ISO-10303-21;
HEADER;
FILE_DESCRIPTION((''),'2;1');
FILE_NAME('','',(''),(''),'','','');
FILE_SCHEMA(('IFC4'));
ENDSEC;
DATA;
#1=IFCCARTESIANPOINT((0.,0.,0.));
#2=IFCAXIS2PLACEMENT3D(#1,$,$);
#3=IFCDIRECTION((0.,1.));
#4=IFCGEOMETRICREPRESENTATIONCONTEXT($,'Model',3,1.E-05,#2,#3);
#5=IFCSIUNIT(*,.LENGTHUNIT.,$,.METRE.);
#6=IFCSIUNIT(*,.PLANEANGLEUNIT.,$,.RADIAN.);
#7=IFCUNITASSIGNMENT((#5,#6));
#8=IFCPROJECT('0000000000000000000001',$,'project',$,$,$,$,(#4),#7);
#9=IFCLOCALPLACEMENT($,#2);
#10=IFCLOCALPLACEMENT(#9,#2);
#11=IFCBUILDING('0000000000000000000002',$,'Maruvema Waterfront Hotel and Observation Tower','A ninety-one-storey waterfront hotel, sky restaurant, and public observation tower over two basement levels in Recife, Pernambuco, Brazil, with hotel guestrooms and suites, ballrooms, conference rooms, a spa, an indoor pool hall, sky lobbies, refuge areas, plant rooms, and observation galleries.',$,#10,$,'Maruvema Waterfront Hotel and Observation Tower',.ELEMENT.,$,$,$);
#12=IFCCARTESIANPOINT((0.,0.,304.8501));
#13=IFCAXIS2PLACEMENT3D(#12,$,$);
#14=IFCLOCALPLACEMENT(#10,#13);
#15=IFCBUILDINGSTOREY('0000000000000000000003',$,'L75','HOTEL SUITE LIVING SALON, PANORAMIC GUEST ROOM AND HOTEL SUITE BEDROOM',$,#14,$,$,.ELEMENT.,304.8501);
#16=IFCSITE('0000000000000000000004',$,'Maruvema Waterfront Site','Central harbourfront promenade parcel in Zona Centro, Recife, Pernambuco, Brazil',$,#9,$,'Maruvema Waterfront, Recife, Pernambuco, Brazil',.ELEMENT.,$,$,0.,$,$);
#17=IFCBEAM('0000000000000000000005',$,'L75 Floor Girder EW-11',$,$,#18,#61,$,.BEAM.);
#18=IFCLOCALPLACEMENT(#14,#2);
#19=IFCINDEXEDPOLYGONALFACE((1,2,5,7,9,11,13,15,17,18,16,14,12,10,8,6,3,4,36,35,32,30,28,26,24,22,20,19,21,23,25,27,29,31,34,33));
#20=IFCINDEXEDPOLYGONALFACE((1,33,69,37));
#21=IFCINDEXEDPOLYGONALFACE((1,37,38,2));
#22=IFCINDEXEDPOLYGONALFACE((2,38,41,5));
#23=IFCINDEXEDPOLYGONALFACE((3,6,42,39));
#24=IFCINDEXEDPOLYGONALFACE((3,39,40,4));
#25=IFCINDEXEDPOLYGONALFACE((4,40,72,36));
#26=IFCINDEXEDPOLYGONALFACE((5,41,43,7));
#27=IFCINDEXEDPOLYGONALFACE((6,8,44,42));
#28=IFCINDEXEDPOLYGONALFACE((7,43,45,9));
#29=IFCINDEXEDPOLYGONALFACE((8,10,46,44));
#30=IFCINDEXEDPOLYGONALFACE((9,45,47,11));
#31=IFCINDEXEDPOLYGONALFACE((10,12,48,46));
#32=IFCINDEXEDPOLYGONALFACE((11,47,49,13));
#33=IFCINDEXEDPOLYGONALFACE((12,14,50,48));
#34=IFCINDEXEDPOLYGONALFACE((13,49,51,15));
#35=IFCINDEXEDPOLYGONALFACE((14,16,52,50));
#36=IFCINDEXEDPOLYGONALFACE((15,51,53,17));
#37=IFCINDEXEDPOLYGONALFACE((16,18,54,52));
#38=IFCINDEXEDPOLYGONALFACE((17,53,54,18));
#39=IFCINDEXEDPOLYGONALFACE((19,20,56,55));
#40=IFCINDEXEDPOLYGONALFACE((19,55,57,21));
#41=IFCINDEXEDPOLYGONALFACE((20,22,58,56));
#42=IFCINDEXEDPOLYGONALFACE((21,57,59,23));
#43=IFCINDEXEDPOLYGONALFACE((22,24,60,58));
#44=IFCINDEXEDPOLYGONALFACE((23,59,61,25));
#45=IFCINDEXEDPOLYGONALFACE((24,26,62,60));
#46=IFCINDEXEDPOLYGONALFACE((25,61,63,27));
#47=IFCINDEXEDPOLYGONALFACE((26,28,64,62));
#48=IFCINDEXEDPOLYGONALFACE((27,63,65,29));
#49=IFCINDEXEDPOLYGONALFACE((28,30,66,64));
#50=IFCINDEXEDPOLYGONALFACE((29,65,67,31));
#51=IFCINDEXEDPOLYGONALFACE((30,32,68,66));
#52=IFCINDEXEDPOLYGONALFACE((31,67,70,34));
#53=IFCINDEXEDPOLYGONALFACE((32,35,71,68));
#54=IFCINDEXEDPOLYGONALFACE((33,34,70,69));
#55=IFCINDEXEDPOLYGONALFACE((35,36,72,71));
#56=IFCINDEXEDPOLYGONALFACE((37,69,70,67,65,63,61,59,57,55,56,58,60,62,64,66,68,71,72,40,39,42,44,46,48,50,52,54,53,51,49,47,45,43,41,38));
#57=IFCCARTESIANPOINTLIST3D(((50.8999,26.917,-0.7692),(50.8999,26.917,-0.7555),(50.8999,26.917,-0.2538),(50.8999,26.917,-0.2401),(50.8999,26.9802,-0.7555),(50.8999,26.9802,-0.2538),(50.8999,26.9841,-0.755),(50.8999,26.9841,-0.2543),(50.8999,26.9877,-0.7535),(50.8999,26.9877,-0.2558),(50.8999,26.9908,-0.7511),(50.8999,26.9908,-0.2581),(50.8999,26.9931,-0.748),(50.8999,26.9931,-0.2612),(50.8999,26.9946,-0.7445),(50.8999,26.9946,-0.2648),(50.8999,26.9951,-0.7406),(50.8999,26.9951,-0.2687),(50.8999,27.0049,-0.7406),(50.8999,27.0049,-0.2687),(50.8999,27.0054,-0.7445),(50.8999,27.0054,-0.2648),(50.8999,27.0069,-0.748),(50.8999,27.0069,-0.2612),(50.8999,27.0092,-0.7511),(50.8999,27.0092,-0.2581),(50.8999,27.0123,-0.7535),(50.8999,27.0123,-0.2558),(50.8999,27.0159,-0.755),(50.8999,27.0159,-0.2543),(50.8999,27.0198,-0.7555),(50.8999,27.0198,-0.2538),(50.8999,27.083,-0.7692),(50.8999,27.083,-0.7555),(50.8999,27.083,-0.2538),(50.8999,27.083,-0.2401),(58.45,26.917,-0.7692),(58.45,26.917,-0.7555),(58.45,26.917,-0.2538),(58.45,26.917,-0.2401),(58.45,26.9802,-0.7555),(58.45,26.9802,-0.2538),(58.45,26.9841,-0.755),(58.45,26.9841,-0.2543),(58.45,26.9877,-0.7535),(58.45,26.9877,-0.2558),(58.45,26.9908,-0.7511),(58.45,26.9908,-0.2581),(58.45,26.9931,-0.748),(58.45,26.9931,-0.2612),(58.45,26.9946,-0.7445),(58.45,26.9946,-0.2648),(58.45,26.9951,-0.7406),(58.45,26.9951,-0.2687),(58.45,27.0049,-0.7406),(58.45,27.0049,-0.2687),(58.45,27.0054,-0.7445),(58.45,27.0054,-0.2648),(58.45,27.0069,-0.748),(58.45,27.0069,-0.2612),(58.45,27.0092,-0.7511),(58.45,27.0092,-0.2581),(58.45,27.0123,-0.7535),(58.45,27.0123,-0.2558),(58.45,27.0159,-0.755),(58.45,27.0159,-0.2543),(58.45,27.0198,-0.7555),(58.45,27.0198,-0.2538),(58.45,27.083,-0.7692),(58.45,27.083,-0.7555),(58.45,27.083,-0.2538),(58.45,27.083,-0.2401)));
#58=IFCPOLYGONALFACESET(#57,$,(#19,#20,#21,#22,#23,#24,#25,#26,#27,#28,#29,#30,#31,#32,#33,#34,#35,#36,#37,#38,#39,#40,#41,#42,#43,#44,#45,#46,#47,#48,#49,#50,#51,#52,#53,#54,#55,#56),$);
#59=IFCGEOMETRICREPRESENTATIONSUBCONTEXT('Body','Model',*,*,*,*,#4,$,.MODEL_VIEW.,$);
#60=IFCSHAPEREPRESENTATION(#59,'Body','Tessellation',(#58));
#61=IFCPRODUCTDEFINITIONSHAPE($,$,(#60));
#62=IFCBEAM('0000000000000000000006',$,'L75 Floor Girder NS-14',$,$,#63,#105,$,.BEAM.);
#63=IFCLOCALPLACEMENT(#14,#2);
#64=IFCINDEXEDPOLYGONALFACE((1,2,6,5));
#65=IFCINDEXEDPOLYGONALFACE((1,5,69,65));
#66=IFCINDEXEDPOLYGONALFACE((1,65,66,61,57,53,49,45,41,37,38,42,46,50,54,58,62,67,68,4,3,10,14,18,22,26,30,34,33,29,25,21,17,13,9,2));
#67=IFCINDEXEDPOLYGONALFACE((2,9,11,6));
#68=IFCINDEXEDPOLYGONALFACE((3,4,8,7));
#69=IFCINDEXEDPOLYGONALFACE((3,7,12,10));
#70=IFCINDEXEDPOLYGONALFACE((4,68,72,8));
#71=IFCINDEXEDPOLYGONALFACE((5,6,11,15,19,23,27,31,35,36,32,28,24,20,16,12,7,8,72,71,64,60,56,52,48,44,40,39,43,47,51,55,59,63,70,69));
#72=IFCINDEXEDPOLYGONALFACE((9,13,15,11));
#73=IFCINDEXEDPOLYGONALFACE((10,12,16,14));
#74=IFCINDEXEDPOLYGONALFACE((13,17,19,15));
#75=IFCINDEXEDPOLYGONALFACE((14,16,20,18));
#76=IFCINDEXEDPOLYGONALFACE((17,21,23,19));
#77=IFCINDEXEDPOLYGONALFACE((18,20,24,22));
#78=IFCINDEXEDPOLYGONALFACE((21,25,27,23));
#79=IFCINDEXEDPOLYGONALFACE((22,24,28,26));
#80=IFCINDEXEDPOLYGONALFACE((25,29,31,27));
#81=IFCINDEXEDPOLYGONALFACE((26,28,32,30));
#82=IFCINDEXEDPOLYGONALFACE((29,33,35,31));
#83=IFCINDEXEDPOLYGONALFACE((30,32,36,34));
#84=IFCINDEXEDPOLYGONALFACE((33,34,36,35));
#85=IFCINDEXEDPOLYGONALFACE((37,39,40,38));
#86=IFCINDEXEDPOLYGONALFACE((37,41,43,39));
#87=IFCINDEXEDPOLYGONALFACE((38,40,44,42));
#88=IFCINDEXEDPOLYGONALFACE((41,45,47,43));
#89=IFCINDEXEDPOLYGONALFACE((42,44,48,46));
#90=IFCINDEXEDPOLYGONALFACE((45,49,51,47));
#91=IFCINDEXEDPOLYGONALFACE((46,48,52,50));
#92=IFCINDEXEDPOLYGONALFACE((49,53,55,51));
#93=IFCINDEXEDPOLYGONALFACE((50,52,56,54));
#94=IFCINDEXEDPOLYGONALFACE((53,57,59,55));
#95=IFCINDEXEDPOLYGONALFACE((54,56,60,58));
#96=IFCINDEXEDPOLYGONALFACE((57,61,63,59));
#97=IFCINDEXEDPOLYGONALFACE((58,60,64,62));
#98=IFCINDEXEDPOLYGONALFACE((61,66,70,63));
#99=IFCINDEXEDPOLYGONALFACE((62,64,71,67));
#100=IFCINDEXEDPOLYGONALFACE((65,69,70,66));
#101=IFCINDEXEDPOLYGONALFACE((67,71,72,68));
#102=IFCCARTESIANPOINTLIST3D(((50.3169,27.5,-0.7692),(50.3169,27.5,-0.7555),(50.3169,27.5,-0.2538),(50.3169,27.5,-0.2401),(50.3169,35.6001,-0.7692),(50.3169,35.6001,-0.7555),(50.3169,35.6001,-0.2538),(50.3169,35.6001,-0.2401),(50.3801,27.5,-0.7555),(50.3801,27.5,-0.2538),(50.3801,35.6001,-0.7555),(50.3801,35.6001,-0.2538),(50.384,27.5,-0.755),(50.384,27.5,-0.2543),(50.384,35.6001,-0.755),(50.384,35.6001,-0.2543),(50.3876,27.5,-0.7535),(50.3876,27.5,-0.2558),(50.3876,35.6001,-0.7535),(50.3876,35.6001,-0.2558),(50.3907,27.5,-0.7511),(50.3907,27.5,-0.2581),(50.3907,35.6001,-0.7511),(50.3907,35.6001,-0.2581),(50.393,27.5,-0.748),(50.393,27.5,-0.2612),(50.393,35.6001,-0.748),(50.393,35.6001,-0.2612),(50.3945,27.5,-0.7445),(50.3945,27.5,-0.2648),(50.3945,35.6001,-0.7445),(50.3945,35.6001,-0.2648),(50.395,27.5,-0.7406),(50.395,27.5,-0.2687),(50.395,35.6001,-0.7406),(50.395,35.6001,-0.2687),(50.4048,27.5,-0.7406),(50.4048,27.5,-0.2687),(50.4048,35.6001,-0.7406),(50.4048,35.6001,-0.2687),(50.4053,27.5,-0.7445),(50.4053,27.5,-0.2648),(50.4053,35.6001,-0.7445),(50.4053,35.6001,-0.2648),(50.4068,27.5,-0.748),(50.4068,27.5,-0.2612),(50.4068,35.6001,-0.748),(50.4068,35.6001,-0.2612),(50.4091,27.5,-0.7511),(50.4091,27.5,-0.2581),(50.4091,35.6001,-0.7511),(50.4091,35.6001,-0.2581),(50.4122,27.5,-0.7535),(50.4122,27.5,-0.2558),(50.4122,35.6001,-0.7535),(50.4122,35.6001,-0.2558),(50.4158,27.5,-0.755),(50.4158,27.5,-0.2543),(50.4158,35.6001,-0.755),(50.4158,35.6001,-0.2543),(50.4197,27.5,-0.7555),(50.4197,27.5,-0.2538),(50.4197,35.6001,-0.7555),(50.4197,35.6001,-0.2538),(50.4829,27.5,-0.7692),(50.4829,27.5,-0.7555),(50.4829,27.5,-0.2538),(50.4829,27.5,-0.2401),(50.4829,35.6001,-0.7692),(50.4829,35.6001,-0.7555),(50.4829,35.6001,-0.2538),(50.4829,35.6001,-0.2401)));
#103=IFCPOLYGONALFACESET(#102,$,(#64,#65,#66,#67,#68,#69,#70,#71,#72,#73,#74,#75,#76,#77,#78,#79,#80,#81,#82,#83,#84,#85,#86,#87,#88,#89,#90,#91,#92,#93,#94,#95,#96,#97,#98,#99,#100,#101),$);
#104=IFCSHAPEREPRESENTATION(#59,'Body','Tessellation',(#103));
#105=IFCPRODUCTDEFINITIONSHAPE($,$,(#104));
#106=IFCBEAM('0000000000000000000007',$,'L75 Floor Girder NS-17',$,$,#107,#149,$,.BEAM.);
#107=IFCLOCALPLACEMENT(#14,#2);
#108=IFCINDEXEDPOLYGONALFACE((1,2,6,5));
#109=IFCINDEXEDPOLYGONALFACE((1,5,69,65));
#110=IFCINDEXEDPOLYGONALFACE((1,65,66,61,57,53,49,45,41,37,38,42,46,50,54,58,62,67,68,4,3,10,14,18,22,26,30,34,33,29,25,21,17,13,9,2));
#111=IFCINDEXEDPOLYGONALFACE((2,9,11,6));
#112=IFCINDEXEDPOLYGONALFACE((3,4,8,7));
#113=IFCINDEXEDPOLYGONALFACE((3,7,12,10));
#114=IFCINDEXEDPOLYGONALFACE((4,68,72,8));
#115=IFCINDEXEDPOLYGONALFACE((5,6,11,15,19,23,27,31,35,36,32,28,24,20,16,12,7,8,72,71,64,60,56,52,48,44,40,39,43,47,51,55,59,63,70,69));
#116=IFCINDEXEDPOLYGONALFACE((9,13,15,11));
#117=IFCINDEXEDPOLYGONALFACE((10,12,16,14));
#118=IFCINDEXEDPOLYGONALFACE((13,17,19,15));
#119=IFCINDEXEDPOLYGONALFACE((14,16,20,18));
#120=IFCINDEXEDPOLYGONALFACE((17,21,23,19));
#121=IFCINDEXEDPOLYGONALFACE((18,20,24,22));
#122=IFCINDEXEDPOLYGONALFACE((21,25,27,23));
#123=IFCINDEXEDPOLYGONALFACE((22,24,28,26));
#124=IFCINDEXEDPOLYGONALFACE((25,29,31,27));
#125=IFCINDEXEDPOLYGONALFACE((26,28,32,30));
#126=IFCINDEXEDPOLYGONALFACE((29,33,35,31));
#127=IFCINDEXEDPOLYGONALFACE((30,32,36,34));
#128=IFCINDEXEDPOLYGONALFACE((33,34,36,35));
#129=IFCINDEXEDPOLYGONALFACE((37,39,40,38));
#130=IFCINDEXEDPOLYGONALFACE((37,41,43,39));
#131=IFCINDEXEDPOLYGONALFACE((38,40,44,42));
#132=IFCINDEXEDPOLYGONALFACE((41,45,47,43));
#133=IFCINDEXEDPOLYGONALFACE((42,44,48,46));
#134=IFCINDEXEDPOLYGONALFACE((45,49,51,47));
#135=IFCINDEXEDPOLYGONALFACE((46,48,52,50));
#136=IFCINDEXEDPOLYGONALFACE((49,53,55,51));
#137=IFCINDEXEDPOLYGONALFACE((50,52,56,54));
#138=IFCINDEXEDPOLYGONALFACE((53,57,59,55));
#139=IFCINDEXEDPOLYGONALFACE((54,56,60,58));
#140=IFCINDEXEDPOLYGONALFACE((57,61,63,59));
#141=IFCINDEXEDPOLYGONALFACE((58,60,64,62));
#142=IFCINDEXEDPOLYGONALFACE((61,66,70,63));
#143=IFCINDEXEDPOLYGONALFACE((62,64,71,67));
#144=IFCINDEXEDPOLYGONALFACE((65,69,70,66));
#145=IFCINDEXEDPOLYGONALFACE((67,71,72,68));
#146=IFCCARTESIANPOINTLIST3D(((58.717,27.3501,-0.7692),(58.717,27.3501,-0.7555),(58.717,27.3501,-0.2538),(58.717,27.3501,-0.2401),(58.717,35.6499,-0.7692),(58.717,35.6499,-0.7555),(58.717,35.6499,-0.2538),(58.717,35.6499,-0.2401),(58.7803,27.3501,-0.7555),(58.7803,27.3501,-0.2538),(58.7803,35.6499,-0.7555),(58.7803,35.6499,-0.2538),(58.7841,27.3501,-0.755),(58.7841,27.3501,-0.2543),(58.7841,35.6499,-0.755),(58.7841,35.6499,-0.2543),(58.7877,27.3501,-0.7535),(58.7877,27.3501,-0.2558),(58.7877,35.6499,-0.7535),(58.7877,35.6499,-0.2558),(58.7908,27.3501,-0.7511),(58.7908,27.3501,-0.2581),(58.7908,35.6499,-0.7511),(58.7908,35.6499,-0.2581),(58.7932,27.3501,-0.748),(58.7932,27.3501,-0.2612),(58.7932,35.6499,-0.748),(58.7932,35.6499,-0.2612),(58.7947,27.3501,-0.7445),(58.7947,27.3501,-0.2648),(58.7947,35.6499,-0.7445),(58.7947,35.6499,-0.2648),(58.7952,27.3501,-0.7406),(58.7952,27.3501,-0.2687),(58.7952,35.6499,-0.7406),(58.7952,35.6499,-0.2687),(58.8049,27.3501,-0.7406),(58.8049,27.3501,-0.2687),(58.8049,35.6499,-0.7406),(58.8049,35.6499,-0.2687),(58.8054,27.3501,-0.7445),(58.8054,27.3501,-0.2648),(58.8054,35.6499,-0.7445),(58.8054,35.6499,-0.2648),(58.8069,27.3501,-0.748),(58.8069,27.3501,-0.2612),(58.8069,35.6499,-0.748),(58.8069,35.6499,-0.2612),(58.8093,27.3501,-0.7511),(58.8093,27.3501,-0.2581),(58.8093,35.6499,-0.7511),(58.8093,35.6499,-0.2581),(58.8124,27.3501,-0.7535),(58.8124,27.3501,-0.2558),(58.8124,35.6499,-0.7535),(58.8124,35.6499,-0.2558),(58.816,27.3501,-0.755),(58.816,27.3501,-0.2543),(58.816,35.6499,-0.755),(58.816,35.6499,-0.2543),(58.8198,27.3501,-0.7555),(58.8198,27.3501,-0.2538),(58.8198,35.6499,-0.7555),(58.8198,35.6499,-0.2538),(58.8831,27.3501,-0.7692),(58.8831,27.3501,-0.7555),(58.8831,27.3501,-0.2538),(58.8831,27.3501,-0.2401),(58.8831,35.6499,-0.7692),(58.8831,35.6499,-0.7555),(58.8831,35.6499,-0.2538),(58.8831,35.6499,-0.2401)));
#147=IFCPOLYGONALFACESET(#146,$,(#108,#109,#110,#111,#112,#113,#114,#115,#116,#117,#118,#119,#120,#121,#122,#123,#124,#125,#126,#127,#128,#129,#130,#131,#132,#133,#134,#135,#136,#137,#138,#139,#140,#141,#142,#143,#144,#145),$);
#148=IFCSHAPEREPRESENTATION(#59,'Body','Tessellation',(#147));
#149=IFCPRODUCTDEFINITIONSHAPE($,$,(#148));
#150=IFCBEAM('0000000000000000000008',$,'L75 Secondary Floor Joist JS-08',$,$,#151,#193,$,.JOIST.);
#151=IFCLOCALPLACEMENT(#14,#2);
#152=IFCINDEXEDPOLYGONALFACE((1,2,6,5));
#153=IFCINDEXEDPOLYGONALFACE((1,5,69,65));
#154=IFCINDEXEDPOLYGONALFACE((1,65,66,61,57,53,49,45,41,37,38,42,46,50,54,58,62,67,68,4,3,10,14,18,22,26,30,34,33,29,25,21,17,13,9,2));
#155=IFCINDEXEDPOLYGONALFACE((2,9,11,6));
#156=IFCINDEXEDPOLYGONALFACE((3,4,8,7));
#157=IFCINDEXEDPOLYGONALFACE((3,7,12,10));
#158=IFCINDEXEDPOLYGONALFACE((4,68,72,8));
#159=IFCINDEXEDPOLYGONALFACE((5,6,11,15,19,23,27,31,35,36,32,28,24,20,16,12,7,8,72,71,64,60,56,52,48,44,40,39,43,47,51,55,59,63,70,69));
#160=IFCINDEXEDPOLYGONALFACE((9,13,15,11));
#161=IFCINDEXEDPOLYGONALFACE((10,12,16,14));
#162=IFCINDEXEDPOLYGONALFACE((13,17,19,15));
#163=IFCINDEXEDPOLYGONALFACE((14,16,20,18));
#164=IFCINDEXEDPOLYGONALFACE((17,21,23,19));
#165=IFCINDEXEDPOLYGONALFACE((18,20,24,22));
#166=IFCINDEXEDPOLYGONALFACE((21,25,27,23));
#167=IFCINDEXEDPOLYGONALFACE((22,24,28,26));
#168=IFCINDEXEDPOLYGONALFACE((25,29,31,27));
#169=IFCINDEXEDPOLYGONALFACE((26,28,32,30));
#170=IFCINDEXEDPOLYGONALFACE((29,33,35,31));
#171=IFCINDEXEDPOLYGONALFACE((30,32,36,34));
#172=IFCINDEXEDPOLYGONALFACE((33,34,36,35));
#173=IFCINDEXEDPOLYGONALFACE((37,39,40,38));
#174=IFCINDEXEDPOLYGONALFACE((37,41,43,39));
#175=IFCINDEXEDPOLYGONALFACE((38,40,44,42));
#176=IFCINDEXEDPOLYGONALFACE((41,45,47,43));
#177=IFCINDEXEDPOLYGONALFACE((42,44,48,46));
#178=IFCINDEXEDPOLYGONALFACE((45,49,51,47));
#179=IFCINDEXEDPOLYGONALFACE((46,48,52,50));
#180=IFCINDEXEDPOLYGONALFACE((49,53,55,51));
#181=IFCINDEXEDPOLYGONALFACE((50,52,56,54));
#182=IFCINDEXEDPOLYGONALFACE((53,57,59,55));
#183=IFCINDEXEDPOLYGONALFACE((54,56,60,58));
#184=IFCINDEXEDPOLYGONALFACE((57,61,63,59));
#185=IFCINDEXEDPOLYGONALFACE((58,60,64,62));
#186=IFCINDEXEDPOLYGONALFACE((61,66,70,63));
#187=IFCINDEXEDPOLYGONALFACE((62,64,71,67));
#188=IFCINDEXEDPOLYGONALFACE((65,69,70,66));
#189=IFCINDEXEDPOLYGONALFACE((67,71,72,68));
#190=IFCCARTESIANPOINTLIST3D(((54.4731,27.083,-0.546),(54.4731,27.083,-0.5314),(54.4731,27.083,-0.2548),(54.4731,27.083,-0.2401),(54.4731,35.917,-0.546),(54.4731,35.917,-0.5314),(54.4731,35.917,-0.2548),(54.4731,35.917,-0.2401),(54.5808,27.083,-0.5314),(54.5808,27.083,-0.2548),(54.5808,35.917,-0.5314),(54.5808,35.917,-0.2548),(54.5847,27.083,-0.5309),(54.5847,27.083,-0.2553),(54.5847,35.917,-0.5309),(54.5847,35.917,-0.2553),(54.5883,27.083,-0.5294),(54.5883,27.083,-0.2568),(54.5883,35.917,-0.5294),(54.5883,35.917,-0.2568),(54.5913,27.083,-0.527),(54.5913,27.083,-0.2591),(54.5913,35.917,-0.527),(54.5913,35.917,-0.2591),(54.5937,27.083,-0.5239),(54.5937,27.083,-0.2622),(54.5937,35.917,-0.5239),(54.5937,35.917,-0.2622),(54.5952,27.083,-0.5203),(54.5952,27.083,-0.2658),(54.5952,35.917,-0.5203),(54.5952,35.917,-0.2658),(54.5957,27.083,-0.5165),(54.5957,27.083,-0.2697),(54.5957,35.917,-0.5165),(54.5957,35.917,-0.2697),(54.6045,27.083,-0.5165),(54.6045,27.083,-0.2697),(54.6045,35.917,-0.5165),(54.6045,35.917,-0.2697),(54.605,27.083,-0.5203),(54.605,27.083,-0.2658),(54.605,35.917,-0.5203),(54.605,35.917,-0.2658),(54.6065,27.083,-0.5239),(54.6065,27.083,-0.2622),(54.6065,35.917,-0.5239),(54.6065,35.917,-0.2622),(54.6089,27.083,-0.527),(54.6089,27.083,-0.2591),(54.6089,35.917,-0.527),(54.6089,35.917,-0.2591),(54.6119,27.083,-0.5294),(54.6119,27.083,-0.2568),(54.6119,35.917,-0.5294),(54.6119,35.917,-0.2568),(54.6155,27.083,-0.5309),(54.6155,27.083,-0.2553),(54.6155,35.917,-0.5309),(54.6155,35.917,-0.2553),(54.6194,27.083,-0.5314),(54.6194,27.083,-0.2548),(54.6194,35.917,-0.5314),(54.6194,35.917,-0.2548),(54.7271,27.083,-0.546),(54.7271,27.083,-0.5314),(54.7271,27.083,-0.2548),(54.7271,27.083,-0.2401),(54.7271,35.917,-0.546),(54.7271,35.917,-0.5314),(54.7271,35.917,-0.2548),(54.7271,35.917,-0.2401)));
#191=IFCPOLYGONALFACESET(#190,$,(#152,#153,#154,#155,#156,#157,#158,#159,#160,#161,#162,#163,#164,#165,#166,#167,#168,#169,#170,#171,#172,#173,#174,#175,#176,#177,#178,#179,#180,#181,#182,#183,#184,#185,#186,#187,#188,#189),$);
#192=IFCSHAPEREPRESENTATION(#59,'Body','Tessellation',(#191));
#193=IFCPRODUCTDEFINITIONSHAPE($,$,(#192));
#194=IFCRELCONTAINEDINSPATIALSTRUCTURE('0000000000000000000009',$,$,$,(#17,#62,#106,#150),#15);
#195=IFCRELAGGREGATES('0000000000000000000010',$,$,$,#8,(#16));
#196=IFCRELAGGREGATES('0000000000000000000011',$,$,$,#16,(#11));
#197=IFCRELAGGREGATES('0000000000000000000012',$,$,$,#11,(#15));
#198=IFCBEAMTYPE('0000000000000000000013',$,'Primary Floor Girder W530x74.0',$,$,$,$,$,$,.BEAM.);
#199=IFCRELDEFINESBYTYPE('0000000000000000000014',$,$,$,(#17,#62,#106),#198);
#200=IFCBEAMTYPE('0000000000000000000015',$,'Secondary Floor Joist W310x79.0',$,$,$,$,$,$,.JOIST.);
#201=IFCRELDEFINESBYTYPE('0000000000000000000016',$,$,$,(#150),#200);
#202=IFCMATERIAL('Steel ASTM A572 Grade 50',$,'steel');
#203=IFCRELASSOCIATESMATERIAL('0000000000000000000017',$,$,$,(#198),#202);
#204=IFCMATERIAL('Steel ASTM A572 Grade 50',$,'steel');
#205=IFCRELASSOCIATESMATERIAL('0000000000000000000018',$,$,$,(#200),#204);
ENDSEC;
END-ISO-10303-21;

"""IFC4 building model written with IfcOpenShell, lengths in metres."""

from ifc_helpers import new_model, si_unit, direction, frame, origin, origin_2d, place, context, subcontext, project, spatial, i_section, extrude, material, material_profile, profile_set, type_object, element, save


model = new_model("IFC4")

# Units and contexts
model_context = context("Model", 3, precision=1e-05, world=origin(), true_north=direction((0.0, 1.0)))
body_context = subcontext(model_context, "Body", "Model", "MODEL_VIEW")
ifc_project = project(units=[si_unit("LENGTHUNIT", "METRE"), si_unit("PLANEANGLEUNIT", "RADIAN")], contexts=[model_context])

# Site, building, storey
site_placement = place(None, origin())
site = spatial("IfcSite", under=ifc_project, at=site_placement, Name="Maruvema Waterfront Site", Description="Central harbourfront promenade parcel in Zona Centro, Recife, Pernambuco, Brazil", LongName="Maruvema Waterfront, Recife, Pernambuco, Brazil", CompositionType="ELEMENT", RefElevation=0.0)
building_placement = place(site_placement, origin())
building = spatial("IfcBuilding", under=site, at=building_placement, Name="Maruvema Waterfront Hotel and Observation Tower", Description="A ninety-one-storey waterfront hotel, sky restaurant, and public observation tower over two basement levels in Recife, Pernambuco, Brazil, with hotel guestrooms and suites, ballrooms, conference rooms, a spa, an indoor pool hall, sky lobbies, refuge areas, plant rooms, and observation galleries.", LongName="Maruvema Waterfront Hotel and Observation Tower", CompositionType="ELEMENT")
storey_placement = place(building_placement, frame((0.0, 0.0, 304.8501)))
storey = spatial("IfcBuildingStorey", under=building, at=storey_placement, Name="L75", Description="HOTEL SUITE LIVING SALON, PANORAMIC GUEST ROOM AND HOTEL SUITE BEDROOM", CompositionType="ELEMENT", Elevation=304.8501)

# Beams
ifc_material_1 = material(Name="Steel ASTM A572 Grade 50", Category="steel")
ifc_material_profile_1 = material_profile(ifc_material_1, i_section(OverallWidth=0.166, OverallDepth=0.5291, WebThickness=0.0098, FlangeThickness=0.0137, FilletRadius=0.0149, at=origin_2d()), Name="W530x74.0")
ifc_profile_set_1 = profile_set([ifc_material_profile_1], Name="Steel ASTM A572 Grade 50")
beam_type_1 = type_object("IfcBeamType", Name="Primary Floor Girder W530x74.0", PredefinedType="BEAM", material=ifc_profile_set_1)
beam_1_placement = place(storey_placement, frame((50.8999, 27.0, -0.5046), z_axis=(1.0, 0.0, 0.0), x_axis=(0.0, 1.0, 0.0)))
element("IfcBeam", 1, at=beam_1_placement, inside=storey, type_object=beam_type_1, Name="L75 Floor Girder EW-11", PredefinedType="BEAM", context=body_context, shape_type="SweptSolid", body=[
    extrude(i_section(OverallWidth=0.166, OverallDepth=0.5291, WebThickness=0.0098, FlangeThickness=0.0137, FilletRadius=0.0149, at=origin_2d()), origin(), (0.0, 0.0, 1.0), 7.55),
])
beam_2_placement = place(storey_placement, frame((50.3999, 27.5, -0.5046), z_axis=(0.0, 1.0, 0.0), x_axis=(-1.0, 0.0, 0.0)))
element("IfcBeam", 2, at=beam_2_placement, inside=storey, type_object=beam_type_1, Name="L75 Floor Girder NS-14", PredefinedType="BEAM", context=body_context, shape_type="SweptSolid", body=[
    extrude(i_section(OverallWidth=0.166, OverallDepth=0.5291, WebThickness=0.0098, FlangeThickness=0.0137, FilletRadius=0.0149, at=origin_2d()), origin(), (0.0, 0.0, 1.0), 8.1001),
])
beam_3_placement = place(storey_placement, frame((58.8, 27.3501, -0.5046), z_axis=(0.0, 1.0, 0.0), x_axis=(-1.0, 0.0, 0.0)))
element("IfcBeam", 3, at=beam_3_placement, inside=storey, type_object=beam_type_1, Name="L75 Floor Girder NS-17", PredefinedType="BEAM", context=body_context, shape_type="SweptSolid", body=[
    extrude(i_section(OverallWidth=0.166, OverallDepth=0.5291, WebThickness=0.0098, FlangeThickness=0.0137, FilletRadius=0.0149, at=origin_2d()), origin(), (0.0, 0.0, 1.0), 8.2998),
])
ifc_material_2 = material(Name="Steel ASTM A572 Grade 50", Category="steel")
ifc_material_profile_2 = material_profile(ifc_material_2, i_section(OverallWidth=0.2539, OverallDepth=0.3059, WebThickness=0.0088, FlangeThickness=0.0146, FilletRadius=0.0149, at=origin_2d()), Name="W310x79.0")
ifc_profile_set_2 = profile_set([ifc_material_profile_2], Name="Steel ASTM A572 Grade 50")
beam_type_2 = type_object("IfcBeamType", Name="Secondary Floor Joist W310x79.0", PredefinedType="JOIST", material=ifc_profile_set_2)
beam_4_placement = place(storey_placement, frame((54.6001, 27.083, -0.3931), z_axis=(0.0, 1.0, 0.0), x_axis=(-1.0, 0.0, 0.0)))
element("IfcBeam", 4, at=beam_4_placement, inside=storey, type_object=beam_type_2, Name="L75 Secondary Floor Joist JS-08", PredefinedType="JOIST", context=body_context, shape_type="SweptSolid", body=[
    extrude(i_section(OverallWidth=0.2539, OverallDepth=0.3059, WebThickness=0.0088, FlangeThickness=0.0146, FilletRadius=0.0149, at=origin_2d()), origin(), (0.0, 0.0, 1.0), 8.834),
])

save(model, "model.ifc")
